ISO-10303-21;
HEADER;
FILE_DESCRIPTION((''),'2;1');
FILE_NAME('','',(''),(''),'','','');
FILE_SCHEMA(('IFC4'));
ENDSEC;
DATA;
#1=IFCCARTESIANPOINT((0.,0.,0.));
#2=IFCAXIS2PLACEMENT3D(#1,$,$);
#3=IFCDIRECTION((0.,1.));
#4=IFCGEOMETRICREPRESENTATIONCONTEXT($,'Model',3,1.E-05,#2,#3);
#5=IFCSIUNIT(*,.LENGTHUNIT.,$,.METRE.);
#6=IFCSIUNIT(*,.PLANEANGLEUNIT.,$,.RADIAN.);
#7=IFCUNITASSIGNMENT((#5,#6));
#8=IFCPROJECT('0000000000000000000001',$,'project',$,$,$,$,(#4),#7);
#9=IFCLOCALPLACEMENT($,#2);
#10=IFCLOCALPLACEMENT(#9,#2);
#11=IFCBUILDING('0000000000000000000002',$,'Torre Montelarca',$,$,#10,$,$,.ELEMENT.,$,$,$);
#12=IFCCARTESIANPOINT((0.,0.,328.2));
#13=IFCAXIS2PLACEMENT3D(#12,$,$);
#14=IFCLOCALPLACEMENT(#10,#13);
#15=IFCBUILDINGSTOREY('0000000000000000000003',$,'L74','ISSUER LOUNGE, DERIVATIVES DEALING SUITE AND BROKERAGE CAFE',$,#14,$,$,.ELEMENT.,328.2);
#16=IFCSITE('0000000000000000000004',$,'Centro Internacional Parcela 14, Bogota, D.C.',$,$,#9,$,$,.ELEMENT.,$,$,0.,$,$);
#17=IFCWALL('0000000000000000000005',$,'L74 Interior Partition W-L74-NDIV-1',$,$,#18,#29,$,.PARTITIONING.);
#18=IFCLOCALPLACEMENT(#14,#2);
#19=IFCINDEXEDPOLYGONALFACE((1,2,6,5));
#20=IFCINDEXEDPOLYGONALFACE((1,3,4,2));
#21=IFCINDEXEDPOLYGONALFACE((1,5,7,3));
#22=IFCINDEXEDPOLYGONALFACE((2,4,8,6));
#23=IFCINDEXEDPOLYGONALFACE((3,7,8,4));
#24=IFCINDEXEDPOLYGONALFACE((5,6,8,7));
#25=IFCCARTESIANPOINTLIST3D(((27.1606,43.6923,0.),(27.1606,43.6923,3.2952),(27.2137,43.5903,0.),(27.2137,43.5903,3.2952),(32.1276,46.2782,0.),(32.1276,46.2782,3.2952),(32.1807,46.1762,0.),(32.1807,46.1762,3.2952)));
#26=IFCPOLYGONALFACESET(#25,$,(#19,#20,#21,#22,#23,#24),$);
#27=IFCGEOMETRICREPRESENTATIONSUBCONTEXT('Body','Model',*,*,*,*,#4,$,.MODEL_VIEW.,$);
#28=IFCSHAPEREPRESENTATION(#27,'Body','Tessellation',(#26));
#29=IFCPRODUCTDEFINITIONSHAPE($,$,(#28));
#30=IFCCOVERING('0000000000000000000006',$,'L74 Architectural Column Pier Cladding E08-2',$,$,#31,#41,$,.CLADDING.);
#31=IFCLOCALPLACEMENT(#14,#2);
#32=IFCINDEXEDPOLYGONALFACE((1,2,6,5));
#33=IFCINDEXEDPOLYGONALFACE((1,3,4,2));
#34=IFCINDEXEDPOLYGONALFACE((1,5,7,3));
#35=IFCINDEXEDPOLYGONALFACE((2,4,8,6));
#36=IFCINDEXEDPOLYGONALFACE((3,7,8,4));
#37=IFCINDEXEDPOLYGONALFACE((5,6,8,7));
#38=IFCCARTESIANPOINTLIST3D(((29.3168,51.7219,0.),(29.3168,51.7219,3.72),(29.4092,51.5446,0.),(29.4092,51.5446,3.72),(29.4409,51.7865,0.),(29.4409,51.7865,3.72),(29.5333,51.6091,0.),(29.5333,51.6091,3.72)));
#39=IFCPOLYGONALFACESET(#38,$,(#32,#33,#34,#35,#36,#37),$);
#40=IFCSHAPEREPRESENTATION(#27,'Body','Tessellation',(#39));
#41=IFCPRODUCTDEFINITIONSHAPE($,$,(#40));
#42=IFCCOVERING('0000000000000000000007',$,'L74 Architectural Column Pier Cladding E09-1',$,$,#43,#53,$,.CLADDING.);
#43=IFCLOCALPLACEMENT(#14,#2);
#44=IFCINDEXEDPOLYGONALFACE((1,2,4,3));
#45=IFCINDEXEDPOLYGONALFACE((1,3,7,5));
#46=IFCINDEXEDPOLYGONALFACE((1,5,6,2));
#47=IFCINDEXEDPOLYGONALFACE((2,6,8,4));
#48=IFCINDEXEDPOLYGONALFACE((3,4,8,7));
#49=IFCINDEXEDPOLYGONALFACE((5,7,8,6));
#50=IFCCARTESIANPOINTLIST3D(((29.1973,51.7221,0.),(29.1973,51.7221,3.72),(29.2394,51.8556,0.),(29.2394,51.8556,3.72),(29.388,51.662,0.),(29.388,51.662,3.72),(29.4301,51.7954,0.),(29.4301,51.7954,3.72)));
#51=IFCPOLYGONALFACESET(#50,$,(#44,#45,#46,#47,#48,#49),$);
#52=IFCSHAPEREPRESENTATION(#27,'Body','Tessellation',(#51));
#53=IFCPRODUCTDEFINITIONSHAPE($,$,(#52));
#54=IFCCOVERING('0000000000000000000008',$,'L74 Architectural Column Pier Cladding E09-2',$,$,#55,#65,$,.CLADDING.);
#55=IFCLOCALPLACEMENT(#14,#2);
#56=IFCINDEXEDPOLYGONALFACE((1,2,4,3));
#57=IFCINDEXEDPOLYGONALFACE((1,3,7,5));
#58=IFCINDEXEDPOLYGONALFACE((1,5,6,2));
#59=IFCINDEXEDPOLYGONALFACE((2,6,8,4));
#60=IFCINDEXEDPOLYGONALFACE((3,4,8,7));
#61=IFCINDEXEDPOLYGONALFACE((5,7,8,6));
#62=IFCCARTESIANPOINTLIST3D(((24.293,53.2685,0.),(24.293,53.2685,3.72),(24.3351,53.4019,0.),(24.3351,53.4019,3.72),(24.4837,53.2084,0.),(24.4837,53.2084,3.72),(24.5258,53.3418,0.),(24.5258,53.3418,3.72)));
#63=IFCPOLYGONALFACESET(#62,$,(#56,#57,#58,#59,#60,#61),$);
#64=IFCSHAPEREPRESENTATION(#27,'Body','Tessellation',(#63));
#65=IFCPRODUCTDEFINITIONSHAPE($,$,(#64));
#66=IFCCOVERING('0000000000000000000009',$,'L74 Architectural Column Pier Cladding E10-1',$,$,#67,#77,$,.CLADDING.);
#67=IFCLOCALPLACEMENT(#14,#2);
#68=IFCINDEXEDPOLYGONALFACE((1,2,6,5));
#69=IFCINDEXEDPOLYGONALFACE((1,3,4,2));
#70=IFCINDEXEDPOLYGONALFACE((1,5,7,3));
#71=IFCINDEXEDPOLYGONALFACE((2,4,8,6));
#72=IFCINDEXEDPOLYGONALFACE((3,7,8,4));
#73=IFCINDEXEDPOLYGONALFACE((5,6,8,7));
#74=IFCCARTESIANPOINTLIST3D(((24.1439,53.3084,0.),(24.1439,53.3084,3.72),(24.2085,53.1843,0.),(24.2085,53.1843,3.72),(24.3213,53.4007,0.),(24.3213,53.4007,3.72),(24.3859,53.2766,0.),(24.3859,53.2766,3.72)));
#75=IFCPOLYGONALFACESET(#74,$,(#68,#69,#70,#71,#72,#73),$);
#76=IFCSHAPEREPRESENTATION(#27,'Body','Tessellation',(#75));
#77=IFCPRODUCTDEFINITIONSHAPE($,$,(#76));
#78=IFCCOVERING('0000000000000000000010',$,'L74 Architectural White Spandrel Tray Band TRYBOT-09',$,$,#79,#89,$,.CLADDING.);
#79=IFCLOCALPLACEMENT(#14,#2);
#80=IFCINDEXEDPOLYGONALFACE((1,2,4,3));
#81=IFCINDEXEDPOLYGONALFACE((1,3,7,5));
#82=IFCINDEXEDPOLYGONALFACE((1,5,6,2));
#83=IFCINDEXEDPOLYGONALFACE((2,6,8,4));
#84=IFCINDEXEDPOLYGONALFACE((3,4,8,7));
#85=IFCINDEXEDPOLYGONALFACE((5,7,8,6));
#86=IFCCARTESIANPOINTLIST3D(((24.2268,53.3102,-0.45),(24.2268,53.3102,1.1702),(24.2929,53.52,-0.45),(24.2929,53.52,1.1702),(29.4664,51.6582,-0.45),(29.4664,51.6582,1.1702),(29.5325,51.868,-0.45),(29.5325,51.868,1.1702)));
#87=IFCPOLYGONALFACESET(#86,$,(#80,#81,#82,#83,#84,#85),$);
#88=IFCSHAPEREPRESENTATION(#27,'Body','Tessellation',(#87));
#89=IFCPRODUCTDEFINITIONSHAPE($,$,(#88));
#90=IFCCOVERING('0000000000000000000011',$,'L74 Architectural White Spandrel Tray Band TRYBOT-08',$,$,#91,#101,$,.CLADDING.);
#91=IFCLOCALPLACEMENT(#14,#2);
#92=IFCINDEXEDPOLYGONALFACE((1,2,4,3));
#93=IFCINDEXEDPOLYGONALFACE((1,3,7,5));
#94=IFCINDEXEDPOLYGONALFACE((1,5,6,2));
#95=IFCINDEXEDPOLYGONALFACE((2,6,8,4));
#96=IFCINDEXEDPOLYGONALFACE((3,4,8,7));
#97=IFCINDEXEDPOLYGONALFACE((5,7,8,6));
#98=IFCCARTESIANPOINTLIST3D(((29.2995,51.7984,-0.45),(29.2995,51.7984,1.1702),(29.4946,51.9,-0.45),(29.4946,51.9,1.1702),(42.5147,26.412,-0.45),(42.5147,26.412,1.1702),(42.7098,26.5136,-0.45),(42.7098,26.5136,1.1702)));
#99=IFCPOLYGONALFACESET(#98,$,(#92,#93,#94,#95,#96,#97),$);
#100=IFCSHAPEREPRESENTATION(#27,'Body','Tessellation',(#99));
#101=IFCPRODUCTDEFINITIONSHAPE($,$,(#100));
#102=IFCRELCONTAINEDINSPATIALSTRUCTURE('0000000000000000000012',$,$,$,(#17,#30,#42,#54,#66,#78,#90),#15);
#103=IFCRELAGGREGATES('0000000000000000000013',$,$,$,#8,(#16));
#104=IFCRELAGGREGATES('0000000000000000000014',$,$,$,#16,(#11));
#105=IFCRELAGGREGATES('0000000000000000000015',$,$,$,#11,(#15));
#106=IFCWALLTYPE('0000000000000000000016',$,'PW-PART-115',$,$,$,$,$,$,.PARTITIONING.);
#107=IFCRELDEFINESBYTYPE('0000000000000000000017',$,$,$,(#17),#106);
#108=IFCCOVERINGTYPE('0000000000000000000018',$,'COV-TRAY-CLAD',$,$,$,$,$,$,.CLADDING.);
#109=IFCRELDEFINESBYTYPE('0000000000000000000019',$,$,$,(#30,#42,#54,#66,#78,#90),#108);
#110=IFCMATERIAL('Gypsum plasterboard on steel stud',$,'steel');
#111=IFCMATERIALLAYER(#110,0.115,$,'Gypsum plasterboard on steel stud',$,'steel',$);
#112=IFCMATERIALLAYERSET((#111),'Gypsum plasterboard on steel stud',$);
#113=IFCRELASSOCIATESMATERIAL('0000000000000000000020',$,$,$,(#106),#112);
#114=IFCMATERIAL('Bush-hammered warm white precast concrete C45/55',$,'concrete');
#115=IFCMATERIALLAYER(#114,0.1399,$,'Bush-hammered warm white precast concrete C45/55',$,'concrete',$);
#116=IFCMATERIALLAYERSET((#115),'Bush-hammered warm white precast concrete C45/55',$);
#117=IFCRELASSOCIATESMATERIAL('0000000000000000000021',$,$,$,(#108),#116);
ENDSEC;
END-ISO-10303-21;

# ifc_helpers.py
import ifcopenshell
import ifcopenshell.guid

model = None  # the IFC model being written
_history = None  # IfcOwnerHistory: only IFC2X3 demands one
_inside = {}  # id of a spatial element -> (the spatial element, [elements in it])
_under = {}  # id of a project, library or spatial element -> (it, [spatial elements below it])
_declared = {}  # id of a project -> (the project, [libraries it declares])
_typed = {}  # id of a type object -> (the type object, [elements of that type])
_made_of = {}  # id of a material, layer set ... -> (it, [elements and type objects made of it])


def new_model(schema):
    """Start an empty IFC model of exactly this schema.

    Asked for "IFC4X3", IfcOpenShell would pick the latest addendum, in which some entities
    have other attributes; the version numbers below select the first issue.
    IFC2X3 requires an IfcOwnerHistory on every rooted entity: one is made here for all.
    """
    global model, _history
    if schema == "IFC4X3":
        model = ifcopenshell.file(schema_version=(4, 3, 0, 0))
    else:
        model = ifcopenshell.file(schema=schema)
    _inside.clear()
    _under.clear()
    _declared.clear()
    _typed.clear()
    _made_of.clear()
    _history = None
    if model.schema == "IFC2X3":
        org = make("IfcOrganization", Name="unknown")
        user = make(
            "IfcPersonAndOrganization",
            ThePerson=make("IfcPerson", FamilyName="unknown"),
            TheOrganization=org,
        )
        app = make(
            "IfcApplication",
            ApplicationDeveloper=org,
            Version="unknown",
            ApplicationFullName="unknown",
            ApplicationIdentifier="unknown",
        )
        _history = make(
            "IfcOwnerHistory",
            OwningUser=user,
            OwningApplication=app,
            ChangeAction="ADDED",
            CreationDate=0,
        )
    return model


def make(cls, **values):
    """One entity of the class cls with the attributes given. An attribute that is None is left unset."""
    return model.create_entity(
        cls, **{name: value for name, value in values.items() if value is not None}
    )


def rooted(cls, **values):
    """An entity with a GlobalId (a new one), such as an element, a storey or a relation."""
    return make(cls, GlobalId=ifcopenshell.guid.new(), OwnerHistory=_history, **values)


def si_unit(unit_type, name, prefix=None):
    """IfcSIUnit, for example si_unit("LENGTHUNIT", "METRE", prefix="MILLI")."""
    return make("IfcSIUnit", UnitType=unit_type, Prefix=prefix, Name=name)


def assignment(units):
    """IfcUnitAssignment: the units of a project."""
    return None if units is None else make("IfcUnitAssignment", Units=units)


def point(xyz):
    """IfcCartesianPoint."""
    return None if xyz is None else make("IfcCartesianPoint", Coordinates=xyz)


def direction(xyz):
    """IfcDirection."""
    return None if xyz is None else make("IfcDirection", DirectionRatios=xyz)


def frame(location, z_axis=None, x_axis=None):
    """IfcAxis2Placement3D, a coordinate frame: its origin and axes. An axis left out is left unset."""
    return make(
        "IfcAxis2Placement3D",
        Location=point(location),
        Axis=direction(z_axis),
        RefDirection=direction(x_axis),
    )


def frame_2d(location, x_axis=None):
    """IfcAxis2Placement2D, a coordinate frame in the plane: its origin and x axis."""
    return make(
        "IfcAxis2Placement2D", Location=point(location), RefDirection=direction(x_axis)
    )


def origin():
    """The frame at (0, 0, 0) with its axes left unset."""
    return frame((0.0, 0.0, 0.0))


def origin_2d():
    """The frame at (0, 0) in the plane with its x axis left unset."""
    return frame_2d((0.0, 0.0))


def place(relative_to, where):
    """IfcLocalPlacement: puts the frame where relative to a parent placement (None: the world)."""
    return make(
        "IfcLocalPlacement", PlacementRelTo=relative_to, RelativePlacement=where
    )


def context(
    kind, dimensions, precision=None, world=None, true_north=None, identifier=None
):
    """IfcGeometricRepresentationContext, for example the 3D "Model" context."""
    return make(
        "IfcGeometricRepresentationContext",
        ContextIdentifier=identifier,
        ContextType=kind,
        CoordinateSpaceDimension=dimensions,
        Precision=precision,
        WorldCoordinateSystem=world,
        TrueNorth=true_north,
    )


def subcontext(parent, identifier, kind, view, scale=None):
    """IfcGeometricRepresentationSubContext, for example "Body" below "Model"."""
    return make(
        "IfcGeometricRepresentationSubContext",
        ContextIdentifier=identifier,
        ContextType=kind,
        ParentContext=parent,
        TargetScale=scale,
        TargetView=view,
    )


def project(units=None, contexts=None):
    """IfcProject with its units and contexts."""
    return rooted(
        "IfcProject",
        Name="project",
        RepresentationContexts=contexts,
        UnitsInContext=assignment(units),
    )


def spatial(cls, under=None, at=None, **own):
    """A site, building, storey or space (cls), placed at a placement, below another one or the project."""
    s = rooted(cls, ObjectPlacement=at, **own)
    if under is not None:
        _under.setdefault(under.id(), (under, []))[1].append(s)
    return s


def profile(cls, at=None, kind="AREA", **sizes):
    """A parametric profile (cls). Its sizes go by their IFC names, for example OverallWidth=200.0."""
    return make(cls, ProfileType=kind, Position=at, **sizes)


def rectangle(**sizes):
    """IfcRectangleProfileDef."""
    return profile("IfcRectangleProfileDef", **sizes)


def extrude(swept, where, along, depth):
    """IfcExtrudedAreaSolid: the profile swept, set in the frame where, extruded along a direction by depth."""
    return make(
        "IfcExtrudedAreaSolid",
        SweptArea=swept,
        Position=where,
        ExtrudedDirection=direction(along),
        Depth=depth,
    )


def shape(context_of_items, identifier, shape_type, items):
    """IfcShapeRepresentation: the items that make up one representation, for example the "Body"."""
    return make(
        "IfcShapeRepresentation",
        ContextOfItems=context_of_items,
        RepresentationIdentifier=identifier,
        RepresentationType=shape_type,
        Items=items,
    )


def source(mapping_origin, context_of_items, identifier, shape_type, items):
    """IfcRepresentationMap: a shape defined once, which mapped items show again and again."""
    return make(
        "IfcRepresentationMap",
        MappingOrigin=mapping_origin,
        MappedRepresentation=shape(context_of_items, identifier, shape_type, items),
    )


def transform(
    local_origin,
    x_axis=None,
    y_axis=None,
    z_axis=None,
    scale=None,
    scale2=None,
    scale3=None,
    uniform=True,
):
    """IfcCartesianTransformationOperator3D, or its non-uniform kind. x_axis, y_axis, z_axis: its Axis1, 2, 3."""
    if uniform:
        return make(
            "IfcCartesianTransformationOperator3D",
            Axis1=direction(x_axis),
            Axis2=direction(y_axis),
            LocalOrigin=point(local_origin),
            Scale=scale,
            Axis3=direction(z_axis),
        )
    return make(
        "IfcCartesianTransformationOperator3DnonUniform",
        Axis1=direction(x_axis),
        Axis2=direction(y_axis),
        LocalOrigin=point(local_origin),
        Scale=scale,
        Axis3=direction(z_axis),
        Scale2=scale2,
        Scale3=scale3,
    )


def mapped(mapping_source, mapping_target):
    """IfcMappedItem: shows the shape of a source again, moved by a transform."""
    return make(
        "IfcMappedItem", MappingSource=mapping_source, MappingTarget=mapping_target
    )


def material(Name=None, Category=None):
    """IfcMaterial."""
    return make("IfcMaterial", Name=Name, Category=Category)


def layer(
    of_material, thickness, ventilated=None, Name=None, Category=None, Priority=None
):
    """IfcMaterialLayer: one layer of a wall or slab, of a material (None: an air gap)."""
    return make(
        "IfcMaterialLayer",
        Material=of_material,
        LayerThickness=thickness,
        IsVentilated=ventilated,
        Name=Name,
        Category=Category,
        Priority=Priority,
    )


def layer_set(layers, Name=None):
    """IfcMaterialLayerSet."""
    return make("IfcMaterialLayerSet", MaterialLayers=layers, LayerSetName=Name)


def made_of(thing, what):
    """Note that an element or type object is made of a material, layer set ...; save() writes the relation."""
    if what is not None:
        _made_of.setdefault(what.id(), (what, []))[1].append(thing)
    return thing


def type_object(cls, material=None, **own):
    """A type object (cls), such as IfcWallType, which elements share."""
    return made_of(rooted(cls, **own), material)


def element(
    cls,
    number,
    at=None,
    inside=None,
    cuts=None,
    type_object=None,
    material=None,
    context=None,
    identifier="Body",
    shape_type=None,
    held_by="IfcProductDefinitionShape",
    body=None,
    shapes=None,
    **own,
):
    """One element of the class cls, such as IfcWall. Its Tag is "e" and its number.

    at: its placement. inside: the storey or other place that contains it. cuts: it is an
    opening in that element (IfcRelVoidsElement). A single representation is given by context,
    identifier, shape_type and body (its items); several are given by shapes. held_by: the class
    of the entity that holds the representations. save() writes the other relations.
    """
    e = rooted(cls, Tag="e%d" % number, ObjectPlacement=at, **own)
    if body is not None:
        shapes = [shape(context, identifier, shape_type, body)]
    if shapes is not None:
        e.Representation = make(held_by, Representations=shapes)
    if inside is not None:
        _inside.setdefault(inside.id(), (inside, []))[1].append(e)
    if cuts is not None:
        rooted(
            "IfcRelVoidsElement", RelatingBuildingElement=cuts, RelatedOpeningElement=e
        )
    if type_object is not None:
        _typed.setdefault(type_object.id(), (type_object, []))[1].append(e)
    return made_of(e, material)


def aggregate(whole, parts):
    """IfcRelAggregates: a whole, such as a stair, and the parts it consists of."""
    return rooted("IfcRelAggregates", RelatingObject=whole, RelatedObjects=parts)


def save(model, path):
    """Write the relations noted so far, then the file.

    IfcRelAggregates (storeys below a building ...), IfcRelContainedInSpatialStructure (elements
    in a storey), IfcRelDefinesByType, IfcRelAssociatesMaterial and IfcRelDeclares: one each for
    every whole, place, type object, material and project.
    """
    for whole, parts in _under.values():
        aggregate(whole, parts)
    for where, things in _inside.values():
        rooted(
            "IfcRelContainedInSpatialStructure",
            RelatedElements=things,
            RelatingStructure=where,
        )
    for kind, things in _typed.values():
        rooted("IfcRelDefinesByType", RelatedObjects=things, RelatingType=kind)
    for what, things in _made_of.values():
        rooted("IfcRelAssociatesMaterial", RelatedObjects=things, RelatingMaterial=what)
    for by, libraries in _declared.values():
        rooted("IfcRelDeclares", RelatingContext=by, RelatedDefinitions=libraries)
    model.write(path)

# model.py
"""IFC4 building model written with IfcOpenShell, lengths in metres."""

from ifc_helpers import new_model, si_unit, direction, frame, frame_2d, origin, origin_2d, place, context, subcontext, project, spatial, rectangle, extrude, source, transform, mapped, material, layer, layer_set, type_object, element, save


model = new_model("IFC4")

# Units and contexts
model_context = context("Model", 3, precision=1e-05, world=origin(), true_north=direction((0.0, 1.0)))
body_context = subcontext(model_context, "Body", "Model", "MODEL_VIEW")
ifc_project = project(units=[si_unit("LENGTHUNIT", "METRE"), si_unit("PLANEANGLEUNIT", "RADIAN")], contexts=[model_context])

# Site, building, storey
site_placement = place(None, origin())
site = spatial("IfcSite", under=ifc_project, at=site_placement, Name="Centro Internacional Parcela 14, Bogota, D.C.", CompositionType="ELEMENT", RefElevation=0.0)
building_placement = place(site_placement, origin())
building = spatial("IfcBuilding", under=site, at=building_placement, Name="Torre Montelarca", CompositionType="ELEMENT")
storey_placement = place(building_placement, frame((0.0, 0.0, 328.2)))
storey = spatial("IfcBuildingStorey", under=building, at=storey_placement, Name="L74", Description="ISSUER LOUNGE, DERIVATIVES DEALING SUITE AND BROKERAGE CAFE", CompositionType="ELEMENT", Elevation=328.2)

# Wall
ifc_material_1 = material(Name="Gypsum plasterboard on steel stud", Category="steel")
ifc_layer_1 = layer(ifc_material_1, 0.115, Name="Gypsum plasterboard on steel stud", Category="steel")
ifc_layer_set_1 = layer_set([ifc_layer_1], Name="Gypsum plasterboard on steel stud")
wall_type = type_object("IfcWallType", Name="PW-PART-115", PredefinedType="PARTITIONING", material=ifc_layer_set_1)
wall_placement = place(storey_placement, frame((27.1873, 43.6414, 0.0), z_axis=(0.0, 0.0, 1.0), x_axis=(0.886992, 0.461785, 0.0)))
element("IfcWall", 1, at=wall_placement, inside=storey, type_object=wall_type, Name="L74 Interior Partition W-L74-NDIV-1", PredefinedType="PARTITIONING", context=body_context, shape_type="SweptSolid", body=[
    extrude(rectangle(XDim=5.5999, YDim=0.115, at=frame_2d((2.7998, 0.0))), origin(), (0.0, 0.0, 1.0), 3.2952),
])

# Coverings
ifc_material_2 = material(Name="Bush-hammered warm white precast concrete C45/55", Category="concrete")
ifc_layer_2 = layer(ifc_material_2, 0.1399, Name="Bush-hammered warm white precast concrete C45/55", Category="concrete")
ifc_layer_set_2 = layer_set([ifc_layer_2], Name="Bush-hammered warm white precast concrete C45/55")
covering_type = type_object("IfcCoveringType", Name="COV-TRAY-CLAD", PredefinedType="CLADDING", material=ifc_layer_set_2)
shared_shape_1 = source(origin(), body_context, "Body", "SweptSolid", [
    extrude(rectangle(XDim=0.2, YDim=0.1399, at=origin_2d()), origin(), (0.0, 0.0, 1.0), 3.72),
])
for number, where, z_axis, x_axis, name in (
    (2, (29.425, 51.6655, 0.0), (0.0, 0.0, 1.0), (-0.461747, 0.887012, 0.0), "L74 Architectural Column Pier Cladding E08-2"),
    (3, (29.3137, 51.7588, 0.0), (0.0, 0.0, 1.0), (-0.953719, 0.300701, 0.0), "L74 Architectural Column Pier Cladding E09-1"),
    (4, (24.4094, 53.3052, 0.0), (0.0, 0.0, 1.0), (-0.953719, 0.300701, 0.0), "L74 Architectural Column Pier Cladding E09-2"),
    (5, (24.2649, 53.2925, 0.0), (0.0, 0.0, 1.0), (-0.887011, -0.461749, 0.0), "L74 Architectural Column Pier Cladding E10-1"),
):
    element("IfcCovering", number, at=place(storey_placement, frame(where, z_axis=z_axis, x_axis=x_axis)), inside=storey, type_object=covering_type, Name=name, PredefinedType="CLADDING", context=body_context, shape_type="MappedRepresentation", body=[
        mapped(shared_shape_1, transform((0.0, 0.0, 0.0), scale=1.0)),
    ])
shared_shape_2 = source(origin(), body_context, "Body", "SweptSolid", [
    extrude(rectangle(XDim=5.4939, YDim=0.22, at=origin_2d()), origin(), (0.0, 0.0, 1.0), 1.6201),
])
covering_1_placement = place(storey_placement, frame((26.8796, 52.5891, -0.45), z_axis=(0.0, 0.0, 1.0), x_axis=(-0.953717, 0.300706, 0.0)))
element("IfcCovering", 6, at=covering_1_placement, inside=storey, type_object=covering_type, Name="L74 Architectural White Spandrel Tray Band TRYBOT-09", PredefinedType="CLADDING", context=body_context, shape_type="MappedRepresentation", body=[
    mapped(shared_shape_2, transform((0.0, 0.0, 0.0), scale=1.0)),
])
shared_shape_3 = source(origin(), body_context, "Body", "SweptSolid", [
    extrude(rectangle(XDim=28.6201, YDim=0.22, at=origin_2d()), origin(), (0.0, 0.0, 1.0), 1.6201),
])
covering_2_placement = place(storey_placement, frame((36.0046, 39.156, -0.45), z_axis=(0.0, 0.0, 1.0), x_axis=(-0.461747, 0.887012, 0.0)))
element("IfcCovering", 7, at=covering_2_placement, inside=storey, type_object=covering_type, Name="L74 Architectural White Spandrel Tray Band TRYBOT-08", PredefinedType="CLADDING", context=body_context, shape_type="MappedRepresentation", body=[
    mapped(shared_shape_3, transform((0.0, 0.0, 0.0), scale=1.0)),
])

save(model, "model.ifc")
